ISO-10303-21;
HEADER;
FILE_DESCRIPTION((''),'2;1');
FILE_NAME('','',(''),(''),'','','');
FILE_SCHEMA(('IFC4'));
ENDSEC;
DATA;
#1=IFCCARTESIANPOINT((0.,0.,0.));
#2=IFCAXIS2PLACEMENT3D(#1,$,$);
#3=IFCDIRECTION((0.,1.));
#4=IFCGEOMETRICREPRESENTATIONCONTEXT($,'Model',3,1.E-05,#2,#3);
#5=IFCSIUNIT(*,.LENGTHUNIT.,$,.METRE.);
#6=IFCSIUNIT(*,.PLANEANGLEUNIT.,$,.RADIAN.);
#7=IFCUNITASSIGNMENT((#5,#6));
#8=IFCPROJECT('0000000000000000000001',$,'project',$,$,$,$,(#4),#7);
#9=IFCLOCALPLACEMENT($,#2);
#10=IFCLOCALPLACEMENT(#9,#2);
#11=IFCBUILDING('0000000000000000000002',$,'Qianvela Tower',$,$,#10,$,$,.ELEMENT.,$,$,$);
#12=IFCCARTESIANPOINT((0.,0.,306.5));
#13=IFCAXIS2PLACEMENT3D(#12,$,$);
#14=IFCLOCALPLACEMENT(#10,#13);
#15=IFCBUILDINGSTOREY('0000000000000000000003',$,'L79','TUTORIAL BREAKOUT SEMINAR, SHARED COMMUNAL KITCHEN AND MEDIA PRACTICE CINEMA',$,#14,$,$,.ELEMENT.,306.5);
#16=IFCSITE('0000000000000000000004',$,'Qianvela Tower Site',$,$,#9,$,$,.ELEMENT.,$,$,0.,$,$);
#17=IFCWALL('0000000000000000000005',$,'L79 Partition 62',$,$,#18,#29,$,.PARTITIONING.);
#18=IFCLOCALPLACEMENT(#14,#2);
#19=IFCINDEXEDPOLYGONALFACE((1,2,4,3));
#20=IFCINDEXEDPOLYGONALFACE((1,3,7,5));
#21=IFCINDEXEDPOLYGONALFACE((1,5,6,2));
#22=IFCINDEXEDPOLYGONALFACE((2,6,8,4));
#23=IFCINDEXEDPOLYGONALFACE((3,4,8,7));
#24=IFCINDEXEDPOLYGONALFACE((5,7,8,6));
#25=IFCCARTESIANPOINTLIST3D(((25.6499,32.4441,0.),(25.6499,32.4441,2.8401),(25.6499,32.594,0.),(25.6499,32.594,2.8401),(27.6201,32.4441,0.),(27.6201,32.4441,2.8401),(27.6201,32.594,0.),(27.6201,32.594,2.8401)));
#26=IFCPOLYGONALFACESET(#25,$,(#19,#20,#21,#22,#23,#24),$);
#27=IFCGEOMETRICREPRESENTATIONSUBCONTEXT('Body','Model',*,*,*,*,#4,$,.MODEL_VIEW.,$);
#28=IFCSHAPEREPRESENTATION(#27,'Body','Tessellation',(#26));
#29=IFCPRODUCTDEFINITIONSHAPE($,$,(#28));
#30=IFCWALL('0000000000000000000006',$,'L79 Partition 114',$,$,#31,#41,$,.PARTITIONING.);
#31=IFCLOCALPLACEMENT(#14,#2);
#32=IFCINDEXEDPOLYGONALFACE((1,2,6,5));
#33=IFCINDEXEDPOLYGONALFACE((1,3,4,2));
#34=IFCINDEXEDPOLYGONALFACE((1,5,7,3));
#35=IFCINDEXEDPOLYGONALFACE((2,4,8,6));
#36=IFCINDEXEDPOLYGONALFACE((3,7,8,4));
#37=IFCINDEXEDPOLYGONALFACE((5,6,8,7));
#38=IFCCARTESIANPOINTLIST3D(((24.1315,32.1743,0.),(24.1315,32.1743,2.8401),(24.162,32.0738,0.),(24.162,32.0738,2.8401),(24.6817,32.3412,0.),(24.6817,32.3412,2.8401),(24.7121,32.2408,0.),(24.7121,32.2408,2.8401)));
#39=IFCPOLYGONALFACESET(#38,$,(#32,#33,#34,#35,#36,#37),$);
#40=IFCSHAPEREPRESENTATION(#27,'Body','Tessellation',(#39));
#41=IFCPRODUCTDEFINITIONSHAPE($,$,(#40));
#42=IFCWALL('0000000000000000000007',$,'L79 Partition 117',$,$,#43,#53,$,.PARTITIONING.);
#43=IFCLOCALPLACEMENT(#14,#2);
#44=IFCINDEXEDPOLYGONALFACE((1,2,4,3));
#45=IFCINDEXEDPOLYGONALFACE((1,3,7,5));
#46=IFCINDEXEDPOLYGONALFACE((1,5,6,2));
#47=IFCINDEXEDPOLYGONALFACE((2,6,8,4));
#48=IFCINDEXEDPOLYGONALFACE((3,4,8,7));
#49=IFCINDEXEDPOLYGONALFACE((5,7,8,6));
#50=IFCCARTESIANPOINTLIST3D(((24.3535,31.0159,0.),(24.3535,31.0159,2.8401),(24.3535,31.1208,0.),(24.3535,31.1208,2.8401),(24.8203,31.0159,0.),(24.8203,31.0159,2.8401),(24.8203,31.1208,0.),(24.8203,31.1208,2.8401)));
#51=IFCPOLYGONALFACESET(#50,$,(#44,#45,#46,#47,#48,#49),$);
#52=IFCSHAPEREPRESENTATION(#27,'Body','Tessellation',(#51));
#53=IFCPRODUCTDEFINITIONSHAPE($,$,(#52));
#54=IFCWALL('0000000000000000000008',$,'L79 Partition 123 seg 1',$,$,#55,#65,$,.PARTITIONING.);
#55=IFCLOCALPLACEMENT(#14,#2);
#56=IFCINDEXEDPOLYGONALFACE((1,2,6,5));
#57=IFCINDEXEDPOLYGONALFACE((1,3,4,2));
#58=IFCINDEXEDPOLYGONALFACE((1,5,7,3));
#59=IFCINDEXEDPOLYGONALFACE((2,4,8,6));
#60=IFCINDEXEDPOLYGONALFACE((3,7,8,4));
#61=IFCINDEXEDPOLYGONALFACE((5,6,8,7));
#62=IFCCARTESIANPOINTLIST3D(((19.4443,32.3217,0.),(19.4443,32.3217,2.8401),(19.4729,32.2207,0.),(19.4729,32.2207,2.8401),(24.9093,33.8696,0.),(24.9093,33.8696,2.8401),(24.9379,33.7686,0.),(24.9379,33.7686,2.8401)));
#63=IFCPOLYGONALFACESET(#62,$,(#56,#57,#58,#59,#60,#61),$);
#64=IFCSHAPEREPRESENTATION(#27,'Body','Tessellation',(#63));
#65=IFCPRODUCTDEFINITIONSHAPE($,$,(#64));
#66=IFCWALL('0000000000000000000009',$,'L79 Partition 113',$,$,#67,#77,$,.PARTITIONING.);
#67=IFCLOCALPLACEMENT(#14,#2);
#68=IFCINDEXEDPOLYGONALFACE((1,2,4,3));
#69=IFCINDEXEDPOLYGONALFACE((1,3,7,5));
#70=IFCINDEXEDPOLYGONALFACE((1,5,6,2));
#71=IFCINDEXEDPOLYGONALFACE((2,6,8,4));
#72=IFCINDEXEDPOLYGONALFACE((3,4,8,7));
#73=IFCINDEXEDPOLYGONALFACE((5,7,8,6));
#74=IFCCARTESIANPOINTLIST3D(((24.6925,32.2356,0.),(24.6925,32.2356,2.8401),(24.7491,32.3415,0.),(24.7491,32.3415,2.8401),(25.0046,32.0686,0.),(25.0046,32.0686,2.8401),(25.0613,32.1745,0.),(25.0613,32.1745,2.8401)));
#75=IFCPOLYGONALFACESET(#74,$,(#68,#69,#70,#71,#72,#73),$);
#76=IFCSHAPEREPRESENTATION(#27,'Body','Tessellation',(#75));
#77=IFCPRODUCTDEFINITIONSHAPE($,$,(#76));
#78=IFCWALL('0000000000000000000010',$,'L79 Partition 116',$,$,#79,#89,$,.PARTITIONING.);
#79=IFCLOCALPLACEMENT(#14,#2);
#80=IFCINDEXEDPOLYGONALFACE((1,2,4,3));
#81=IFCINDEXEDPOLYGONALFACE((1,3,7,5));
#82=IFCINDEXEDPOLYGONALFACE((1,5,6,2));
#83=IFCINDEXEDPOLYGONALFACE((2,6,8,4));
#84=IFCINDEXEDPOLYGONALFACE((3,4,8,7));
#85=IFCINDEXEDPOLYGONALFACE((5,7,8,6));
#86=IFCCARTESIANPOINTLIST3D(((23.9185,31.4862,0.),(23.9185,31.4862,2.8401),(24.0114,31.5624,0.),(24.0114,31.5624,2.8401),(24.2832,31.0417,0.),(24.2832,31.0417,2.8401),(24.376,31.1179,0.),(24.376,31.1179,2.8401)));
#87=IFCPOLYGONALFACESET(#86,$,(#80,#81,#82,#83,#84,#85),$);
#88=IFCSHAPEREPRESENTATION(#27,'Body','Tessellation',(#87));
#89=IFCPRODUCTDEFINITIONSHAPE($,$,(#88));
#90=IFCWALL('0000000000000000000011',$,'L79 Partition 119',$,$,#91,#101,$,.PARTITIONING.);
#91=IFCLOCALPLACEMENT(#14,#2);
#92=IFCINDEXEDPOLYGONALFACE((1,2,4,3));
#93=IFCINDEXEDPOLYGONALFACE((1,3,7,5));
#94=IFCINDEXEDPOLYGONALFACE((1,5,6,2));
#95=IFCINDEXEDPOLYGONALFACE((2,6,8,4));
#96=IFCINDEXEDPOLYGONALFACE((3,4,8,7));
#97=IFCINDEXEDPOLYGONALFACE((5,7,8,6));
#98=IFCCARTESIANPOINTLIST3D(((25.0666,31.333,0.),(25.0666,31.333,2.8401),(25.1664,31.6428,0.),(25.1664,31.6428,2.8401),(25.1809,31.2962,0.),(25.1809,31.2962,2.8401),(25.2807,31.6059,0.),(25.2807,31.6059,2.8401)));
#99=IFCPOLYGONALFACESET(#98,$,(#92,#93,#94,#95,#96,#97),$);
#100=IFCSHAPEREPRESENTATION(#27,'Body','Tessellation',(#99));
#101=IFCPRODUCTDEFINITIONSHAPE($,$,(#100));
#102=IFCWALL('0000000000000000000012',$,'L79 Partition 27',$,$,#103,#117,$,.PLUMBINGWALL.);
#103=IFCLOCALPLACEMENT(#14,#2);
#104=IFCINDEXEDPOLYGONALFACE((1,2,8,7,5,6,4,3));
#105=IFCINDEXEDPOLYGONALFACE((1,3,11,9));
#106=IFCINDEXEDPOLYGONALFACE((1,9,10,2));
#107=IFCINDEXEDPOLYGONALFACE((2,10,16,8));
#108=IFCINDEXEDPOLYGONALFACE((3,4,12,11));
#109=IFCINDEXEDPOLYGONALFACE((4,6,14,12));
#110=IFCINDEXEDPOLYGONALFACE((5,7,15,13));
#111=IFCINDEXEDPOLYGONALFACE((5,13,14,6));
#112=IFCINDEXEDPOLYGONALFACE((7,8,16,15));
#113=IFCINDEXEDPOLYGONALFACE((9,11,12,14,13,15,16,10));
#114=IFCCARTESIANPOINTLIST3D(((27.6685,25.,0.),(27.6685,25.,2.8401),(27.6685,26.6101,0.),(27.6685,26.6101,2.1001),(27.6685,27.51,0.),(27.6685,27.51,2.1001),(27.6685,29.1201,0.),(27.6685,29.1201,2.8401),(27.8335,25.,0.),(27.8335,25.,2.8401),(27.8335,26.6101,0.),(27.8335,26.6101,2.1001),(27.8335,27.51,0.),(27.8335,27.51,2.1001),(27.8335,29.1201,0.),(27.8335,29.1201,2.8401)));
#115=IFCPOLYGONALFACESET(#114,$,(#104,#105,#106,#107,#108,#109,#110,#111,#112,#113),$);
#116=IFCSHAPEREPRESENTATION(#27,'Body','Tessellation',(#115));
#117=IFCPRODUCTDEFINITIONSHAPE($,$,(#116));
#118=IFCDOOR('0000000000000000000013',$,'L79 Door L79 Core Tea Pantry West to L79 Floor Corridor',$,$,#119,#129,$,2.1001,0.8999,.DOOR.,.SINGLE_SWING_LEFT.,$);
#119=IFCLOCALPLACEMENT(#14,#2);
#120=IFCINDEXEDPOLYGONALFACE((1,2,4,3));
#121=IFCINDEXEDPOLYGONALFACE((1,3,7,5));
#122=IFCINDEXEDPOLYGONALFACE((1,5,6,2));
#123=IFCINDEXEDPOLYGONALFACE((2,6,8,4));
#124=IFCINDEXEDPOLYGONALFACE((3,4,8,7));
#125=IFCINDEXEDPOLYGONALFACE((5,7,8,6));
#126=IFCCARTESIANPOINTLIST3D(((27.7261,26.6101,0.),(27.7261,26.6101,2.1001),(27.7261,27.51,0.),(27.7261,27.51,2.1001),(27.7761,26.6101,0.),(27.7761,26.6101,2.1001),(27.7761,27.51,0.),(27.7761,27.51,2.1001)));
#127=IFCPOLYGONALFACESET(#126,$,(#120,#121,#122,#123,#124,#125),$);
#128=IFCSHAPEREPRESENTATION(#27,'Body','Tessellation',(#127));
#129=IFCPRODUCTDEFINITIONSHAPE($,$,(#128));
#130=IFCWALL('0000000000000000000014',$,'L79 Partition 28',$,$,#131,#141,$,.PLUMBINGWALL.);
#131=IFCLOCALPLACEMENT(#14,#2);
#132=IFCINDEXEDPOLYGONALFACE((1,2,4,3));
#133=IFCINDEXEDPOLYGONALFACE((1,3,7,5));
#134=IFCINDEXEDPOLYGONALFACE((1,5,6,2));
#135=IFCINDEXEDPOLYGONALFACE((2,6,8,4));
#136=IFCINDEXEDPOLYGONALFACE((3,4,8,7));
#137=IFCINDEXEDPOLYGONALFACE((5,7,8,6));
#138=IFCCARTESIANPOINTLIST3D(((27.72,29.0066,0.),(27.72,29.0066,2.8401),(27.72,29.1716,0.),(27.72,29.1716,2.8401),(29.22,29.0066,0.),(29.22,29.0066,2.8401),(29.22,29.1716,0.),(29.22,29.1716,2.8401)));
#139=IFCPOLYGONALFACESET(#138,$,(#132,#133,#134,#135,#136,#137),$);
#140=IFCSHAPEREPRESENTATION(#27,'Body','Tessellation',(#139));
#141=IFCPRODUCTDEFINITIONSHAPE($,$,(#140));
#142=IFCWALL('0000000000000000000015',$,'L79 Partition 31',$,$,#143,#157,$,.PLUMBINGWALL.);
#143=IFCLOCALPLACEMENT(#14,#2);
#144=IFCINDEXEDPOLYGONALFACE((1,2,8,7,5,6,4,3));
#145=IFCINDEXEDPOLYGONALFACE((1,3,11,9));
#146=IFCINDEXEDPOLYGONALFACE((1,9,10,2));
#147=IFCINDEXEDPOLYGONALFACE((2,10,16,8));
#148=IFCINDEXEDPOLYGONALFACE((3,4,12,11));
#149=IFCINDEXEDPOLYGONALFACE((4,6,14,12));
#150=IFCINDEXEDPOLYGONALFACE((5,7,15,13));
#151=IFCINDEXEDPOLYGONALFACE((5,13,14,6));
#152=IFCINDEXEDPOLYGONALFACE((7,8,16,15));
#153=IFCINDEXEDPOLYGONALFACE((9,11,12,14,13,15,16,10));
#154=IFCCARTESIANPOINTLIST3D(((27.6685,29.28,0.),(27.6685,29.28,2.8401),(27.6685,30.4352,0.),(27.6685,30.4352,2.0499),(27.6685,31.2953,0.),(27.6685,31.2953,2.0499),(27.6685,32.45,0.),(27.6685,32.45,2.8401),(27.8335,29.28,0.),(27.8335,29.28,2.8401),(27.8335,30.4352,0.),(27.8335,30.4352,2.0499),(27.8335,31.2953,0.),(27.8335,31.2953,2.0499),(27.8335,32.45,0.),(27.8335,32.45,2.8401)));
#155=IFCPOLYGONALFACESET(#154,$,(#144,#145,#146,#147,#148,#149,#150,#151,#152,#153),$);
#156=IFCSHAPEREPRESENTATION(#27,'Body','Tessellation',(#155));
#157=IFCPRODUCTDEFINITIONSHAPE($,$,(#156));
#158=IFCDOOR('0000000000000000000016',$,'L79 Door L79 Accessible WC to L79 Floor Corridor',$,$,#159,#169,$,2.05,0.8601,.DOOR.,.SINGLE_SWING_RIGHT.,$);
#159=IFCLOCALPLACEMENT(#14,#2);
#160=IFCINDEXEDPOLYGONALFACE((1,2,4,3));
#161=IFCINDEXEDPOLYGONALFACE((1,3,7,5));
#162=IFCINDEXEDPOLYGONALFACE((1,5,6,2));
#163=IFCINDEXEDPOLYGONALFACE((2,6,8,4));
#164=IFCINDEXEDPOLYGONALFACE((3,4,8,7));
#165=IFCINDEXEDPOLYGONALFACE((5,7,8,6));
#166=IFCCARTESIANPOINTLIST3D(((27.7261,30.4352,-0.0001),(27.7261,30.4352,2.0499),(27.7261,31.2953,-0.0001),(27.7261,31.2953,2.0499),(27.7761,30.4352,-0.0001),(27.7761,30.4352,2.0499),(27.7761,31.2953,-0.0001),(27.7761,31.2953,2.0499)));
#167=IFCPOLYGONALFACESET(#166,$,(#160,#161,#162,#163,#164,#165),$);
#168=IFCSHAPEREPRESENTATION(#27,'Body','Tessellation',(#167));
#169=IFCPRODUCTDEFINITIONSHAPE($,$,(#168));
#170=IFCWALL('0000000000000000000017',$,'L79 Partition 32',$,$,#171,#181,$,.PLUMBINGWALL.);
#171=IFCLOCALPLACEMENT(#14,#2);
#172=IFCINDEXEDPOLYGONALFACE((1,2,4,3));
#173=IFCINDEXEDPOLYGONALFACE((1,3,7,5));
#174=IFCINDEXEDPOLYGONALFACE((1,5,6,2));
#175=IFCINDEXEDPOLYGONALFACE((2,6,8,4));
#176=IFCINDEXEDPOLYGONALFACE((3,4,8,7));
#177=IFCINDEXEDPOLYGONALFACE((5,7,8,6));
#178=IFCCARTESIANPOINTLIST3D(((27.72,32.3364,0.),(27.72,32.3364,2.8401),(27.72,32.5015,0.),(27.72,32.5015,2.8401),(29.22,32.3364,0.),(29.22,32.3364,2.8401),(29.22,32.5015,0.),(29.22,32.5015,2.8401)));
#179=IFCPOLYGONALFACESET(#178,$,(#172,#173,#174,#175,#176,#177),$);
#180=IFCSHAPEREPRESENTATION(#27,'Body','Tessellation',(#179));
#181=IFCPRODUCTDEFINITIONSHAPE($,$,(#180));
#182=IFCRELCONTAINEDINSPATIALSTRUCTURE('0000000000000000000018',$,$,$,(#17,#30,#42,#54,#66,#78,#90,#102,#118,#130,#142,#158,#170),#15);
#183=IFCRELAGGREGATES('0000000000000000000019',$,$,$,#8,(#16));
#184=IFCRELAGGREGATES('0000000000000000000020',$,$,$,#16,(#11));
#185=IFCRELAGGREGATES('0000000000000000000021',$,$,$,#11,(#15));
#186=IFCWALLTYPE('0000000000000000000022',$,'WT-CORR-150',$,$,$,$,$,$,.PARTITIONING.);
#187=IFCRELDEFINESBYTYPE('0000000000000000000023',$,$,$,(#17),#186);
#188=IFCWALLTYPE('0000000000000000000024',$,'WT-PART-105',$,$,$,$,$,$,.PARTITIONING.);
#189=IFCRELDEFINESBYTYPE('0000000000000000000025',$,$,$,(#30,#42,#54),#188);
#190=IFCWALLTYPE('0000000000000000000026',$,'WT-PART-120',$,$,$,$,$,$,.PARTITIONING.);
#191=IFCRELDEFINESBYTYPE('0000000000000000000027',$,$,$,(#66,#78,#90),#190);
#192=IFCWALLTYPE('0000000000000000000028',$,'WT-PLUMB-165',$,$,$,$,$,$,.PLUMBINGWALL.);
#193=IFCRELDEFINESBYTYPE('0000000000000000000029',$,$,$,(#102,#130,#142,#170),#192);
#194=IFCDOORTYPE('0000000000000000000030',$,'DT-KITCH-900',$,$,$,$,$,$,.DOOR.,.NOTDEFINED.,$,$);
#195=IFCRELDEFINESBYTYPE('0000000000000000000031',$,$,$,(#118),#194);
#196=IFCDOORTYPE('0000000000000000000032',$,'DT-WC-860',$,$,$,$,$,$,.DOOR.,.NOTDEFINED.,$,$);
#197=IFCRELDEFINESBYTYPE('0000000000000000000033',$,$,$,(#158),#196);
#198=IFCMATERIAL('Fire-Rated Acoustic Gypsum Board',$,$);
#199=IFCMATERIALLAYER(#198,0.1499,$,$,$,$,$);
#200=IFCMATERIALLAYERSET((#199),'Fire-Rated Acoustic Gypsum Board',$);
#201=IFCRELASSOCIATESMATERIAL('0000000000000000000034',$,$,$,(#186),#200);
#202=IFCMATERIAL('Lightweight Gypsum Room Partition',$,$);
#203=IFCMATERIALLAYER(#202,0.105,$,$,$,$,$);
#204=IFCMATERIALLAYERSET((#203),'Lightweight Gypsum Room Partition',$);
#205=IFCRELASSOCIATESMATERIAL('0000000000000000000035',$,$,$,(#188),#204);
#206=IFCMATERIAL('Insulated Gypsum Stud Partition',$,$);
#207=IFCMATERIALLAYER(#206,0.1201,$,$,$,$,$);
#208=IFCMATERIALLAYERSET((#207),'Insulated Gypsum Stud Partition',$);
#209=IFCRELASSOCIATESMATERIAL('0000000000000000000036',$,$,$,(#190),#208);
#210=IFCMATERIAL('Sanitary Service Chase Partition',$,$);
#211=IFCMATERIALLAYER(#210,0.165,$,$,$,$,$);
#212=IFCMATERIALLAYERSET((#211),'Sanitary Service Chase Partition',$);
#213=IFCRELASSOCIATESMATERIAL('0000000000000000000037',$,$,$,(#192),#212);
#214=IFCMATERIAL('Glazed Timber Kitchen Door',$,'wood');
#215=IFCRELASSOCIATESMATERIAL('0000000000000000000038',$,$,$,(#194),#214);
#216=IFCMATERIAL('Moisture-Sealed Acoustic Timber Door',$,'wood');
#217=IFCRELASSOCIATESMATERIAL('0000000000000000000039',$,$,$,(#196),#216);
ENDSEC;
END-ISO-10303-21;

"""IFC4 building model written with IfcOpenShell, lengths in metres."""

from ifc_helpers import new_model, si_unit, direction, frame, frame_2d, origin, place, context, subcontext, project, spatial, rectangle, extrude, material, layer, layer_set, type_object, element, fill, save


model = new_model("IFC4")

# Units and contexts
model_context = context("Model", 3, precision=1e-05, world=origin(), true_north=direction((0.0, 1.0)))
body_context = subcontext(model_context, "Body", "Model", "MODEL_VIEW")
ifc_project = project(units=[si_unit("LENGTHUNIT", "METRE"), si_unit("PLANEANGLEUNIT", "RADIAN")], contexts=[model_context])

# Site, building, storey
site_placement = place(None, origin())
site = spatial("IfcSite", under=ifc_project, at=site_placement, Name="Qianvela Tower Site", CompositionType="ELEMENT", RefElevation=0.0)
building_placement = place(site_placement, origin())
building = spatial("IfcBuilding", under=site, at=building_placement, Name="Qianvela Tower", CompositionType="ELEMENT")
storey_placement = place(building_placement, frame((0.0, 0.0, 306.5)))
storey = spatial("IfcBuildingStorey", under=building, at=storey_placement, Name="L79", Description="TUTORIAL BREAKOUT SEMINAR, SHARED COMMUNAL KITCHEN AND MEDIA PRACTICE CINEMA", CompositionType="ELEMENT", Elevation=306.5)

# Walls
ifc_material_1 = material(Name="Fire-Rated Acoustic Gypsum Board")
ifc_layer_1 = layer(ifc_material_1, 0.1499)
ifc_layer_set_1 = layer_set([ifc_layer_1], Name="Fire-Rated Acoustic Gypsum Board")
wall_type_1 = type_object("IfcWallType", Name="WT-CORR-150", PredefinedType="PARTITIONING", material=ifc_layer_set_1)
wall_1_placement = place(storey_placement, frame((25.6499, 32.519, 0.0), z_axis=(0.0, 0.0, 1.0), x_axis=(1.0, 0.0, 0.0)))
element("IfcWall", 1, at=wall_1_placement, inside=storey, type_object=wall_type_1, Name="L79 Partition 62", PredefinedType="PARTITIONING", context=body_context, shape_type="SweptSolid", body=[
    extrude(rectangle(XDim=1.9702, YDim=0.1499, at=frame_2d((0.9851, 0.0))), origin(), (0.0, 0.0, 1.0), 2.8401),
])
ifc_material_2 = material(Name="Lightweight Gypsum Room Partition")
ifc_layer_2 = layer(ifc_material_2, 0.105)
ifc_layer_set_2 = layer_set([ifc_layer_2], Name="Lightweight Gypsum Room Partition")
wall_type_2 = type_object("IfcWallType", Name="WT-PART-105", PredefinedType="PARTITIONING", material=ifc_layer_set_2)
wall_2_placement = place(storey_placement, frame((24.697, 32.291, 0.0), z_axis=(0.0, 0.0, 1.0), x_axis=(-0.95691, -0.290384, 0.0)))
element("IfcWall", 2, at=wall_2_placement, inside=storey, type_object=wall_type_2, Name="L79 Partition 114", PredefinedType="PARTITIONING", context=body_context, shape_type="SweptSolid", body=[
    extrude(rectangle(XDim=0.575, YDim=0.105, at=frame_2d((0.2876, 0.0))), origin(), (0.0, 0.0, 1.0), 2.8401),
])
wall_3_placement = place(storey_placement, frame((24.3535, 31.0684, 0.0), z_axis=(0.0, 0.0, 1.0), x_axis=(1.0, 0.0, 0.0)))
element("IfcWall", 3, at=wall_3_placement, inside=storey, type_object=wall_type_2, Name="L79 Partition 117", PredefinedType="PARTITIONING", context=body_context, shape_type="SweptSolid", body=[
    extrude(rectangle(XDim=0.4668, YDim=0.105, at=frame_2d((0.2334, 0.0))), origin(), (0.0, 0.0, 1.0), 2.8401),
])
wall_4_placement = place(storey_placement, frame((19.4587, 32.2712, 0.0), z_axis=(0.0, 0.0, 1.0), x_axis=(0.962151, 0.272518, 0.0)))
element("IfcWall", 4, at=wall_4_placement, inside=storey, type_object=wall_type_2, Name="L79 Partition 123 seg 1", PredefinedType="PARTITIONING", context=body_context, shape_type="SweptSolid", body=[
    extrude(rectangle(XDim=5.6799, YDim=0.105, at=frame_2d((2.8398, 0.0))), origin(), (0.0, 0.0, 1.0), 2.8401),
])
ifc_material_3 = material(Name="Insulated Gypsum Stud Partition")
ifc_layer_3 = layer(ifc_material_3, 0.1201)
ifc_layer_set_3 = layer_set([ifc_layer_3], Name="Insulated Gypsum Stud Partition")
wall_type_3 = type_object("IfcWallType", Name="WT-PART-120", PredefinedType="PARTITIONING", material=ifc_layer_set_3)
wall_5_placement = place(storey_placement, frame((25.033, 32.1216, 0.0), z_axis=(0.0, 0.0, 1.0), x_axis=(-0.881818, 0.47159, 0.0)))
element("IfcWall", 5, at=wall_5_placement, inside=storey, type_object=wall_type_3, Name="L79 Partition 113", PredefinedType="PARTITIONING", context=body_context, shape_type="SweptSolid", body=[
    extrude(rectangle(XDim=0.354, YDim=0.1201, at=frame_2d((0.177, 0.0))), origin(), (0.0, 0.0, 1.0), 2.8401),
])
wall_6_placement = place(storey_placement, frame((23.9648, 31.5244, 0.0), z_axis=(0.0, 0.0, 1.0), x_axis=(0.634278, -0.773105, 0.0)))
element("IfcWall", 6, at=wall_6_placement, inside=storey, type_object=wall_type_3, Name="L79 Partition 116", PredefinedType="PARTITIONING", context=body_context, shape_type="SweptSolid", body=[
    extrude(rectangle(XDim=0.575, YDim=0.1201, at=frame_2d((0.2876, 0.0))), origin(), (0.0, 0.0, 1.0), 2.8401),
])
wall_7_placement = place(storey_placement, frame((25.1238, 31.3147, 0.0), z_axis=(0.0, 0.0, 1.0), x_axis=(0.306762, 0.951786, 0.0)))
element("IfcWall", 7, at=wall_7_placement, inside=storey, type_object=wall_type_3, Name="L79 Partition 119", PredefinedType="PARTITIONING", context=body_context, shape_type="SweptSolid", body=[
    extrude(rectangle(XDim=0.3254, YDim=0.1201, at=frame_2d((0.1626, 0.0))), origin(), (0.0, 0.0, 1.0), 2.8401),
])

# Wall, opening, door
ifc_material_4 = material(Name="Sanitary Service Chase Partition")
ifc_layer_4 = layer(ifc_material_4, 0.165)
ifc_layer_set_4 = layer_set([ifc_layer_4], Name="Sanitary Service Chase Partition")
wall_type_4 = type_object("IfcWallType", Name="WT-PLUMB-165", PredefinedType="PLUMBINGWALL", material=ifc_layer_set_4)
wall_8_placement = place(storey_placement, frame((27.751, 25.0, 0.0), z_axis=(0.0, 0.0, 1.0), x_axis=(0.0, 1.0, 0.0)))
wall_8 = element("IfcWall", 8, at=wall_8_placement, inside=storey, type_object=wall_type_4, Name="L79 Partition 27", PredefinedType="PLUMBINGWALL", context=body_context, shape_type="SweptSolid", body=[
    extrude(rectangle(XDim=4.1201, YDim=0.165, at=frame_2d((2.0601, 0.0))), origin(), (0.0, 0.0, 1.0), 2.8401),
])
opening_1_placement = place(wall_8_placement, frame((1.6101, 0.0, 0.0)))
opening_1 = element("IfcOpeningElement", 9, at=opening_1_placement, cuts=wall_8, PredefinedType="OPENING", context=body_context, shape_type="SweptSolid", body=[
    extrude(rectangle(XDim=0.8999, YDim=2.1001, at=frame_2d((0.45, 1.05))), frame((0.0, 0.0925, 0.0), z_axis=(0.0, -1.0, 0.0), x_axis=(1.0, 0.0, 0.0)), (0.0, 0.0, 1.0), 0.1851),
])
ifc_material_5 = material(Name="Glazed Timber Kitchen Door", Category="wood")
door_type_1 = type_object("IfcDoorType", Name="DT-KITCH-900", OperationType="NOTDEFINED", PredefinedType="DOOR", material=ifc_material_5)
door_1_placement = place(opening_1_placement, origin())
door_1 = element("IfcDoor", 10, at=door_1_placement, inside=storey, type_object=door_type_1, Name="L79 Door L79 Core Tea Pantry West to L79 Floor Corridor", OperationType="SINGLE_SWING_LEFT", OverallHeight=2.1001, OverallWidth=0.8999, PredefinedType="DOOR", context=body_context, shape_type="SweptSolid", body=[
    extrude(rectangle(XDim=0.8999, YDim=2.1001, at=frame_2d((0.45, 1.05))), frame((0.0, 0.0249, 0.0), z_axis=(0.0, -1.0, 0.0), x_axis=(1.0, 0.0, 0.0)), (0.0, 0.0, 1.0), 0.05),
])
fill(opening_1, door_1)

# Wall
wall_9_placement = place(storey_placement, frame((27.72, 29.0891, 0.0), z_axis=(0.0, 0.0, 1.0), x_axis=(1.0, 0.0, 0.0)))
element("IfcWall", 11, at=wall_9_placement, inside=storey, type_object=wall_type_4, Name="L79 Partition 28", PredefinedType="PLUMBINGWALL", context=body_context, shape_type="SweptSolid", body=[
    extrude(rectangle(XDim=1.5, YDim=0.165, at=frame_2d((0.75, 0.0))), origin(), (0.0, 0.0, 1.0), 2.8401),
])

# Wall, opening, door
wall_10_placement = place(storey_placement, frame((27.751, 29.28, 0.0), z_axis=(0.0, 0.0, 1.0), x_axis=(0.0, 1.0, 0.0)))
wall_10 = element("IfcWall", 12, at=wall_10_placement, inside=storey, type_object=wall_type_4, Name="L79 Partition 31", PredefinedType="PLUMBINGWALL", context=body_context, shape_type="SweptSolid", body=[
    extrude(rectangle(XDim=3.1699, YDim=0.165, at=frame_2d((1.585, 0.0))), origin(), (0.0, 0.0, 1.0), 2.8401),
])
opening_2_placement = place(wall_10_placement, frame((1.155, 0.0, 0.0)))
opening_2 = element("IfcOpeningElement", 13, at=opening_2_placement, cuts=wall_10, PredefinedType="OPENING", context=body_context, shape_type="SweptSolid", body=[
    extrude(rectangle(XDim=0.8601, YDim=2.05, at=frame_2d((0.4302, 1.0249))), frame((0.0, 0.0925, 0.0), z_axis=(0.0, -1.0, 0.0), x_axis=(1.0, 0.0, 0.0)), (0.0, 0.0, 1.0), 0.1851),
])
ifc_material_6 = material(Name="Moisture-Sealed Acoustic Timber Door", Category="wood")
door_type_2 = type_object("IfcDoorType", Name="DT-WC-860", OperationType="NOTDEFINED", PredefinedType="DOOR", material=ifc_material_6)
door_2_placement = place(opening_2_placement, origin())
door_2 = element("IfcDoor", 14, at=door_2_placement, inside=storey, type_object=door_type_2, Name="L79 Door L79 Accessible WC to L79 Floor Corridor", OperationType="SINGLE_SWING_RIGHT", OverallHeight=2.05, OverallWidth=0.8601, PredefinedType="DOOR", context=body_context, shape_type="SweptSolid", body=[
    extrude(rectangle(XDim=0.8601, YDim=2.05, at=frame_2d((0.4302, 1.0249))), frame((0.0, 0.0249, 0.0), z_axis=(0.0, -1.0, 0.0), x_axis=(1.0, 0.0, 0.0)), (0.0, 0.0, 1.0), 0.05),
])
fill(opening_2, door_2)

# Wall
wall_11_placement = place(storey_placement, frame((27.72, 32.4189, 0.0), z_axis=(0.0, 0.0, 1.0), x_axis=(1.0, 0.0, 0.0)))
element("IfcWall", 15, at=wall_11_placement, inside=storey, type_object=wall_type_4, Name="L79 Partition 32", PredefinedType="PLUMBINGWALL", context=body_context, shape_type="SweptSolid", body=[
    extrude(rectangle(XDim=1.5, YDim=0.165, at=frame_2d((0.75, 0.0))), origin(), (0.0, 0.0, 1.0), 2.8401),
])

save(model, "model.ifc")
